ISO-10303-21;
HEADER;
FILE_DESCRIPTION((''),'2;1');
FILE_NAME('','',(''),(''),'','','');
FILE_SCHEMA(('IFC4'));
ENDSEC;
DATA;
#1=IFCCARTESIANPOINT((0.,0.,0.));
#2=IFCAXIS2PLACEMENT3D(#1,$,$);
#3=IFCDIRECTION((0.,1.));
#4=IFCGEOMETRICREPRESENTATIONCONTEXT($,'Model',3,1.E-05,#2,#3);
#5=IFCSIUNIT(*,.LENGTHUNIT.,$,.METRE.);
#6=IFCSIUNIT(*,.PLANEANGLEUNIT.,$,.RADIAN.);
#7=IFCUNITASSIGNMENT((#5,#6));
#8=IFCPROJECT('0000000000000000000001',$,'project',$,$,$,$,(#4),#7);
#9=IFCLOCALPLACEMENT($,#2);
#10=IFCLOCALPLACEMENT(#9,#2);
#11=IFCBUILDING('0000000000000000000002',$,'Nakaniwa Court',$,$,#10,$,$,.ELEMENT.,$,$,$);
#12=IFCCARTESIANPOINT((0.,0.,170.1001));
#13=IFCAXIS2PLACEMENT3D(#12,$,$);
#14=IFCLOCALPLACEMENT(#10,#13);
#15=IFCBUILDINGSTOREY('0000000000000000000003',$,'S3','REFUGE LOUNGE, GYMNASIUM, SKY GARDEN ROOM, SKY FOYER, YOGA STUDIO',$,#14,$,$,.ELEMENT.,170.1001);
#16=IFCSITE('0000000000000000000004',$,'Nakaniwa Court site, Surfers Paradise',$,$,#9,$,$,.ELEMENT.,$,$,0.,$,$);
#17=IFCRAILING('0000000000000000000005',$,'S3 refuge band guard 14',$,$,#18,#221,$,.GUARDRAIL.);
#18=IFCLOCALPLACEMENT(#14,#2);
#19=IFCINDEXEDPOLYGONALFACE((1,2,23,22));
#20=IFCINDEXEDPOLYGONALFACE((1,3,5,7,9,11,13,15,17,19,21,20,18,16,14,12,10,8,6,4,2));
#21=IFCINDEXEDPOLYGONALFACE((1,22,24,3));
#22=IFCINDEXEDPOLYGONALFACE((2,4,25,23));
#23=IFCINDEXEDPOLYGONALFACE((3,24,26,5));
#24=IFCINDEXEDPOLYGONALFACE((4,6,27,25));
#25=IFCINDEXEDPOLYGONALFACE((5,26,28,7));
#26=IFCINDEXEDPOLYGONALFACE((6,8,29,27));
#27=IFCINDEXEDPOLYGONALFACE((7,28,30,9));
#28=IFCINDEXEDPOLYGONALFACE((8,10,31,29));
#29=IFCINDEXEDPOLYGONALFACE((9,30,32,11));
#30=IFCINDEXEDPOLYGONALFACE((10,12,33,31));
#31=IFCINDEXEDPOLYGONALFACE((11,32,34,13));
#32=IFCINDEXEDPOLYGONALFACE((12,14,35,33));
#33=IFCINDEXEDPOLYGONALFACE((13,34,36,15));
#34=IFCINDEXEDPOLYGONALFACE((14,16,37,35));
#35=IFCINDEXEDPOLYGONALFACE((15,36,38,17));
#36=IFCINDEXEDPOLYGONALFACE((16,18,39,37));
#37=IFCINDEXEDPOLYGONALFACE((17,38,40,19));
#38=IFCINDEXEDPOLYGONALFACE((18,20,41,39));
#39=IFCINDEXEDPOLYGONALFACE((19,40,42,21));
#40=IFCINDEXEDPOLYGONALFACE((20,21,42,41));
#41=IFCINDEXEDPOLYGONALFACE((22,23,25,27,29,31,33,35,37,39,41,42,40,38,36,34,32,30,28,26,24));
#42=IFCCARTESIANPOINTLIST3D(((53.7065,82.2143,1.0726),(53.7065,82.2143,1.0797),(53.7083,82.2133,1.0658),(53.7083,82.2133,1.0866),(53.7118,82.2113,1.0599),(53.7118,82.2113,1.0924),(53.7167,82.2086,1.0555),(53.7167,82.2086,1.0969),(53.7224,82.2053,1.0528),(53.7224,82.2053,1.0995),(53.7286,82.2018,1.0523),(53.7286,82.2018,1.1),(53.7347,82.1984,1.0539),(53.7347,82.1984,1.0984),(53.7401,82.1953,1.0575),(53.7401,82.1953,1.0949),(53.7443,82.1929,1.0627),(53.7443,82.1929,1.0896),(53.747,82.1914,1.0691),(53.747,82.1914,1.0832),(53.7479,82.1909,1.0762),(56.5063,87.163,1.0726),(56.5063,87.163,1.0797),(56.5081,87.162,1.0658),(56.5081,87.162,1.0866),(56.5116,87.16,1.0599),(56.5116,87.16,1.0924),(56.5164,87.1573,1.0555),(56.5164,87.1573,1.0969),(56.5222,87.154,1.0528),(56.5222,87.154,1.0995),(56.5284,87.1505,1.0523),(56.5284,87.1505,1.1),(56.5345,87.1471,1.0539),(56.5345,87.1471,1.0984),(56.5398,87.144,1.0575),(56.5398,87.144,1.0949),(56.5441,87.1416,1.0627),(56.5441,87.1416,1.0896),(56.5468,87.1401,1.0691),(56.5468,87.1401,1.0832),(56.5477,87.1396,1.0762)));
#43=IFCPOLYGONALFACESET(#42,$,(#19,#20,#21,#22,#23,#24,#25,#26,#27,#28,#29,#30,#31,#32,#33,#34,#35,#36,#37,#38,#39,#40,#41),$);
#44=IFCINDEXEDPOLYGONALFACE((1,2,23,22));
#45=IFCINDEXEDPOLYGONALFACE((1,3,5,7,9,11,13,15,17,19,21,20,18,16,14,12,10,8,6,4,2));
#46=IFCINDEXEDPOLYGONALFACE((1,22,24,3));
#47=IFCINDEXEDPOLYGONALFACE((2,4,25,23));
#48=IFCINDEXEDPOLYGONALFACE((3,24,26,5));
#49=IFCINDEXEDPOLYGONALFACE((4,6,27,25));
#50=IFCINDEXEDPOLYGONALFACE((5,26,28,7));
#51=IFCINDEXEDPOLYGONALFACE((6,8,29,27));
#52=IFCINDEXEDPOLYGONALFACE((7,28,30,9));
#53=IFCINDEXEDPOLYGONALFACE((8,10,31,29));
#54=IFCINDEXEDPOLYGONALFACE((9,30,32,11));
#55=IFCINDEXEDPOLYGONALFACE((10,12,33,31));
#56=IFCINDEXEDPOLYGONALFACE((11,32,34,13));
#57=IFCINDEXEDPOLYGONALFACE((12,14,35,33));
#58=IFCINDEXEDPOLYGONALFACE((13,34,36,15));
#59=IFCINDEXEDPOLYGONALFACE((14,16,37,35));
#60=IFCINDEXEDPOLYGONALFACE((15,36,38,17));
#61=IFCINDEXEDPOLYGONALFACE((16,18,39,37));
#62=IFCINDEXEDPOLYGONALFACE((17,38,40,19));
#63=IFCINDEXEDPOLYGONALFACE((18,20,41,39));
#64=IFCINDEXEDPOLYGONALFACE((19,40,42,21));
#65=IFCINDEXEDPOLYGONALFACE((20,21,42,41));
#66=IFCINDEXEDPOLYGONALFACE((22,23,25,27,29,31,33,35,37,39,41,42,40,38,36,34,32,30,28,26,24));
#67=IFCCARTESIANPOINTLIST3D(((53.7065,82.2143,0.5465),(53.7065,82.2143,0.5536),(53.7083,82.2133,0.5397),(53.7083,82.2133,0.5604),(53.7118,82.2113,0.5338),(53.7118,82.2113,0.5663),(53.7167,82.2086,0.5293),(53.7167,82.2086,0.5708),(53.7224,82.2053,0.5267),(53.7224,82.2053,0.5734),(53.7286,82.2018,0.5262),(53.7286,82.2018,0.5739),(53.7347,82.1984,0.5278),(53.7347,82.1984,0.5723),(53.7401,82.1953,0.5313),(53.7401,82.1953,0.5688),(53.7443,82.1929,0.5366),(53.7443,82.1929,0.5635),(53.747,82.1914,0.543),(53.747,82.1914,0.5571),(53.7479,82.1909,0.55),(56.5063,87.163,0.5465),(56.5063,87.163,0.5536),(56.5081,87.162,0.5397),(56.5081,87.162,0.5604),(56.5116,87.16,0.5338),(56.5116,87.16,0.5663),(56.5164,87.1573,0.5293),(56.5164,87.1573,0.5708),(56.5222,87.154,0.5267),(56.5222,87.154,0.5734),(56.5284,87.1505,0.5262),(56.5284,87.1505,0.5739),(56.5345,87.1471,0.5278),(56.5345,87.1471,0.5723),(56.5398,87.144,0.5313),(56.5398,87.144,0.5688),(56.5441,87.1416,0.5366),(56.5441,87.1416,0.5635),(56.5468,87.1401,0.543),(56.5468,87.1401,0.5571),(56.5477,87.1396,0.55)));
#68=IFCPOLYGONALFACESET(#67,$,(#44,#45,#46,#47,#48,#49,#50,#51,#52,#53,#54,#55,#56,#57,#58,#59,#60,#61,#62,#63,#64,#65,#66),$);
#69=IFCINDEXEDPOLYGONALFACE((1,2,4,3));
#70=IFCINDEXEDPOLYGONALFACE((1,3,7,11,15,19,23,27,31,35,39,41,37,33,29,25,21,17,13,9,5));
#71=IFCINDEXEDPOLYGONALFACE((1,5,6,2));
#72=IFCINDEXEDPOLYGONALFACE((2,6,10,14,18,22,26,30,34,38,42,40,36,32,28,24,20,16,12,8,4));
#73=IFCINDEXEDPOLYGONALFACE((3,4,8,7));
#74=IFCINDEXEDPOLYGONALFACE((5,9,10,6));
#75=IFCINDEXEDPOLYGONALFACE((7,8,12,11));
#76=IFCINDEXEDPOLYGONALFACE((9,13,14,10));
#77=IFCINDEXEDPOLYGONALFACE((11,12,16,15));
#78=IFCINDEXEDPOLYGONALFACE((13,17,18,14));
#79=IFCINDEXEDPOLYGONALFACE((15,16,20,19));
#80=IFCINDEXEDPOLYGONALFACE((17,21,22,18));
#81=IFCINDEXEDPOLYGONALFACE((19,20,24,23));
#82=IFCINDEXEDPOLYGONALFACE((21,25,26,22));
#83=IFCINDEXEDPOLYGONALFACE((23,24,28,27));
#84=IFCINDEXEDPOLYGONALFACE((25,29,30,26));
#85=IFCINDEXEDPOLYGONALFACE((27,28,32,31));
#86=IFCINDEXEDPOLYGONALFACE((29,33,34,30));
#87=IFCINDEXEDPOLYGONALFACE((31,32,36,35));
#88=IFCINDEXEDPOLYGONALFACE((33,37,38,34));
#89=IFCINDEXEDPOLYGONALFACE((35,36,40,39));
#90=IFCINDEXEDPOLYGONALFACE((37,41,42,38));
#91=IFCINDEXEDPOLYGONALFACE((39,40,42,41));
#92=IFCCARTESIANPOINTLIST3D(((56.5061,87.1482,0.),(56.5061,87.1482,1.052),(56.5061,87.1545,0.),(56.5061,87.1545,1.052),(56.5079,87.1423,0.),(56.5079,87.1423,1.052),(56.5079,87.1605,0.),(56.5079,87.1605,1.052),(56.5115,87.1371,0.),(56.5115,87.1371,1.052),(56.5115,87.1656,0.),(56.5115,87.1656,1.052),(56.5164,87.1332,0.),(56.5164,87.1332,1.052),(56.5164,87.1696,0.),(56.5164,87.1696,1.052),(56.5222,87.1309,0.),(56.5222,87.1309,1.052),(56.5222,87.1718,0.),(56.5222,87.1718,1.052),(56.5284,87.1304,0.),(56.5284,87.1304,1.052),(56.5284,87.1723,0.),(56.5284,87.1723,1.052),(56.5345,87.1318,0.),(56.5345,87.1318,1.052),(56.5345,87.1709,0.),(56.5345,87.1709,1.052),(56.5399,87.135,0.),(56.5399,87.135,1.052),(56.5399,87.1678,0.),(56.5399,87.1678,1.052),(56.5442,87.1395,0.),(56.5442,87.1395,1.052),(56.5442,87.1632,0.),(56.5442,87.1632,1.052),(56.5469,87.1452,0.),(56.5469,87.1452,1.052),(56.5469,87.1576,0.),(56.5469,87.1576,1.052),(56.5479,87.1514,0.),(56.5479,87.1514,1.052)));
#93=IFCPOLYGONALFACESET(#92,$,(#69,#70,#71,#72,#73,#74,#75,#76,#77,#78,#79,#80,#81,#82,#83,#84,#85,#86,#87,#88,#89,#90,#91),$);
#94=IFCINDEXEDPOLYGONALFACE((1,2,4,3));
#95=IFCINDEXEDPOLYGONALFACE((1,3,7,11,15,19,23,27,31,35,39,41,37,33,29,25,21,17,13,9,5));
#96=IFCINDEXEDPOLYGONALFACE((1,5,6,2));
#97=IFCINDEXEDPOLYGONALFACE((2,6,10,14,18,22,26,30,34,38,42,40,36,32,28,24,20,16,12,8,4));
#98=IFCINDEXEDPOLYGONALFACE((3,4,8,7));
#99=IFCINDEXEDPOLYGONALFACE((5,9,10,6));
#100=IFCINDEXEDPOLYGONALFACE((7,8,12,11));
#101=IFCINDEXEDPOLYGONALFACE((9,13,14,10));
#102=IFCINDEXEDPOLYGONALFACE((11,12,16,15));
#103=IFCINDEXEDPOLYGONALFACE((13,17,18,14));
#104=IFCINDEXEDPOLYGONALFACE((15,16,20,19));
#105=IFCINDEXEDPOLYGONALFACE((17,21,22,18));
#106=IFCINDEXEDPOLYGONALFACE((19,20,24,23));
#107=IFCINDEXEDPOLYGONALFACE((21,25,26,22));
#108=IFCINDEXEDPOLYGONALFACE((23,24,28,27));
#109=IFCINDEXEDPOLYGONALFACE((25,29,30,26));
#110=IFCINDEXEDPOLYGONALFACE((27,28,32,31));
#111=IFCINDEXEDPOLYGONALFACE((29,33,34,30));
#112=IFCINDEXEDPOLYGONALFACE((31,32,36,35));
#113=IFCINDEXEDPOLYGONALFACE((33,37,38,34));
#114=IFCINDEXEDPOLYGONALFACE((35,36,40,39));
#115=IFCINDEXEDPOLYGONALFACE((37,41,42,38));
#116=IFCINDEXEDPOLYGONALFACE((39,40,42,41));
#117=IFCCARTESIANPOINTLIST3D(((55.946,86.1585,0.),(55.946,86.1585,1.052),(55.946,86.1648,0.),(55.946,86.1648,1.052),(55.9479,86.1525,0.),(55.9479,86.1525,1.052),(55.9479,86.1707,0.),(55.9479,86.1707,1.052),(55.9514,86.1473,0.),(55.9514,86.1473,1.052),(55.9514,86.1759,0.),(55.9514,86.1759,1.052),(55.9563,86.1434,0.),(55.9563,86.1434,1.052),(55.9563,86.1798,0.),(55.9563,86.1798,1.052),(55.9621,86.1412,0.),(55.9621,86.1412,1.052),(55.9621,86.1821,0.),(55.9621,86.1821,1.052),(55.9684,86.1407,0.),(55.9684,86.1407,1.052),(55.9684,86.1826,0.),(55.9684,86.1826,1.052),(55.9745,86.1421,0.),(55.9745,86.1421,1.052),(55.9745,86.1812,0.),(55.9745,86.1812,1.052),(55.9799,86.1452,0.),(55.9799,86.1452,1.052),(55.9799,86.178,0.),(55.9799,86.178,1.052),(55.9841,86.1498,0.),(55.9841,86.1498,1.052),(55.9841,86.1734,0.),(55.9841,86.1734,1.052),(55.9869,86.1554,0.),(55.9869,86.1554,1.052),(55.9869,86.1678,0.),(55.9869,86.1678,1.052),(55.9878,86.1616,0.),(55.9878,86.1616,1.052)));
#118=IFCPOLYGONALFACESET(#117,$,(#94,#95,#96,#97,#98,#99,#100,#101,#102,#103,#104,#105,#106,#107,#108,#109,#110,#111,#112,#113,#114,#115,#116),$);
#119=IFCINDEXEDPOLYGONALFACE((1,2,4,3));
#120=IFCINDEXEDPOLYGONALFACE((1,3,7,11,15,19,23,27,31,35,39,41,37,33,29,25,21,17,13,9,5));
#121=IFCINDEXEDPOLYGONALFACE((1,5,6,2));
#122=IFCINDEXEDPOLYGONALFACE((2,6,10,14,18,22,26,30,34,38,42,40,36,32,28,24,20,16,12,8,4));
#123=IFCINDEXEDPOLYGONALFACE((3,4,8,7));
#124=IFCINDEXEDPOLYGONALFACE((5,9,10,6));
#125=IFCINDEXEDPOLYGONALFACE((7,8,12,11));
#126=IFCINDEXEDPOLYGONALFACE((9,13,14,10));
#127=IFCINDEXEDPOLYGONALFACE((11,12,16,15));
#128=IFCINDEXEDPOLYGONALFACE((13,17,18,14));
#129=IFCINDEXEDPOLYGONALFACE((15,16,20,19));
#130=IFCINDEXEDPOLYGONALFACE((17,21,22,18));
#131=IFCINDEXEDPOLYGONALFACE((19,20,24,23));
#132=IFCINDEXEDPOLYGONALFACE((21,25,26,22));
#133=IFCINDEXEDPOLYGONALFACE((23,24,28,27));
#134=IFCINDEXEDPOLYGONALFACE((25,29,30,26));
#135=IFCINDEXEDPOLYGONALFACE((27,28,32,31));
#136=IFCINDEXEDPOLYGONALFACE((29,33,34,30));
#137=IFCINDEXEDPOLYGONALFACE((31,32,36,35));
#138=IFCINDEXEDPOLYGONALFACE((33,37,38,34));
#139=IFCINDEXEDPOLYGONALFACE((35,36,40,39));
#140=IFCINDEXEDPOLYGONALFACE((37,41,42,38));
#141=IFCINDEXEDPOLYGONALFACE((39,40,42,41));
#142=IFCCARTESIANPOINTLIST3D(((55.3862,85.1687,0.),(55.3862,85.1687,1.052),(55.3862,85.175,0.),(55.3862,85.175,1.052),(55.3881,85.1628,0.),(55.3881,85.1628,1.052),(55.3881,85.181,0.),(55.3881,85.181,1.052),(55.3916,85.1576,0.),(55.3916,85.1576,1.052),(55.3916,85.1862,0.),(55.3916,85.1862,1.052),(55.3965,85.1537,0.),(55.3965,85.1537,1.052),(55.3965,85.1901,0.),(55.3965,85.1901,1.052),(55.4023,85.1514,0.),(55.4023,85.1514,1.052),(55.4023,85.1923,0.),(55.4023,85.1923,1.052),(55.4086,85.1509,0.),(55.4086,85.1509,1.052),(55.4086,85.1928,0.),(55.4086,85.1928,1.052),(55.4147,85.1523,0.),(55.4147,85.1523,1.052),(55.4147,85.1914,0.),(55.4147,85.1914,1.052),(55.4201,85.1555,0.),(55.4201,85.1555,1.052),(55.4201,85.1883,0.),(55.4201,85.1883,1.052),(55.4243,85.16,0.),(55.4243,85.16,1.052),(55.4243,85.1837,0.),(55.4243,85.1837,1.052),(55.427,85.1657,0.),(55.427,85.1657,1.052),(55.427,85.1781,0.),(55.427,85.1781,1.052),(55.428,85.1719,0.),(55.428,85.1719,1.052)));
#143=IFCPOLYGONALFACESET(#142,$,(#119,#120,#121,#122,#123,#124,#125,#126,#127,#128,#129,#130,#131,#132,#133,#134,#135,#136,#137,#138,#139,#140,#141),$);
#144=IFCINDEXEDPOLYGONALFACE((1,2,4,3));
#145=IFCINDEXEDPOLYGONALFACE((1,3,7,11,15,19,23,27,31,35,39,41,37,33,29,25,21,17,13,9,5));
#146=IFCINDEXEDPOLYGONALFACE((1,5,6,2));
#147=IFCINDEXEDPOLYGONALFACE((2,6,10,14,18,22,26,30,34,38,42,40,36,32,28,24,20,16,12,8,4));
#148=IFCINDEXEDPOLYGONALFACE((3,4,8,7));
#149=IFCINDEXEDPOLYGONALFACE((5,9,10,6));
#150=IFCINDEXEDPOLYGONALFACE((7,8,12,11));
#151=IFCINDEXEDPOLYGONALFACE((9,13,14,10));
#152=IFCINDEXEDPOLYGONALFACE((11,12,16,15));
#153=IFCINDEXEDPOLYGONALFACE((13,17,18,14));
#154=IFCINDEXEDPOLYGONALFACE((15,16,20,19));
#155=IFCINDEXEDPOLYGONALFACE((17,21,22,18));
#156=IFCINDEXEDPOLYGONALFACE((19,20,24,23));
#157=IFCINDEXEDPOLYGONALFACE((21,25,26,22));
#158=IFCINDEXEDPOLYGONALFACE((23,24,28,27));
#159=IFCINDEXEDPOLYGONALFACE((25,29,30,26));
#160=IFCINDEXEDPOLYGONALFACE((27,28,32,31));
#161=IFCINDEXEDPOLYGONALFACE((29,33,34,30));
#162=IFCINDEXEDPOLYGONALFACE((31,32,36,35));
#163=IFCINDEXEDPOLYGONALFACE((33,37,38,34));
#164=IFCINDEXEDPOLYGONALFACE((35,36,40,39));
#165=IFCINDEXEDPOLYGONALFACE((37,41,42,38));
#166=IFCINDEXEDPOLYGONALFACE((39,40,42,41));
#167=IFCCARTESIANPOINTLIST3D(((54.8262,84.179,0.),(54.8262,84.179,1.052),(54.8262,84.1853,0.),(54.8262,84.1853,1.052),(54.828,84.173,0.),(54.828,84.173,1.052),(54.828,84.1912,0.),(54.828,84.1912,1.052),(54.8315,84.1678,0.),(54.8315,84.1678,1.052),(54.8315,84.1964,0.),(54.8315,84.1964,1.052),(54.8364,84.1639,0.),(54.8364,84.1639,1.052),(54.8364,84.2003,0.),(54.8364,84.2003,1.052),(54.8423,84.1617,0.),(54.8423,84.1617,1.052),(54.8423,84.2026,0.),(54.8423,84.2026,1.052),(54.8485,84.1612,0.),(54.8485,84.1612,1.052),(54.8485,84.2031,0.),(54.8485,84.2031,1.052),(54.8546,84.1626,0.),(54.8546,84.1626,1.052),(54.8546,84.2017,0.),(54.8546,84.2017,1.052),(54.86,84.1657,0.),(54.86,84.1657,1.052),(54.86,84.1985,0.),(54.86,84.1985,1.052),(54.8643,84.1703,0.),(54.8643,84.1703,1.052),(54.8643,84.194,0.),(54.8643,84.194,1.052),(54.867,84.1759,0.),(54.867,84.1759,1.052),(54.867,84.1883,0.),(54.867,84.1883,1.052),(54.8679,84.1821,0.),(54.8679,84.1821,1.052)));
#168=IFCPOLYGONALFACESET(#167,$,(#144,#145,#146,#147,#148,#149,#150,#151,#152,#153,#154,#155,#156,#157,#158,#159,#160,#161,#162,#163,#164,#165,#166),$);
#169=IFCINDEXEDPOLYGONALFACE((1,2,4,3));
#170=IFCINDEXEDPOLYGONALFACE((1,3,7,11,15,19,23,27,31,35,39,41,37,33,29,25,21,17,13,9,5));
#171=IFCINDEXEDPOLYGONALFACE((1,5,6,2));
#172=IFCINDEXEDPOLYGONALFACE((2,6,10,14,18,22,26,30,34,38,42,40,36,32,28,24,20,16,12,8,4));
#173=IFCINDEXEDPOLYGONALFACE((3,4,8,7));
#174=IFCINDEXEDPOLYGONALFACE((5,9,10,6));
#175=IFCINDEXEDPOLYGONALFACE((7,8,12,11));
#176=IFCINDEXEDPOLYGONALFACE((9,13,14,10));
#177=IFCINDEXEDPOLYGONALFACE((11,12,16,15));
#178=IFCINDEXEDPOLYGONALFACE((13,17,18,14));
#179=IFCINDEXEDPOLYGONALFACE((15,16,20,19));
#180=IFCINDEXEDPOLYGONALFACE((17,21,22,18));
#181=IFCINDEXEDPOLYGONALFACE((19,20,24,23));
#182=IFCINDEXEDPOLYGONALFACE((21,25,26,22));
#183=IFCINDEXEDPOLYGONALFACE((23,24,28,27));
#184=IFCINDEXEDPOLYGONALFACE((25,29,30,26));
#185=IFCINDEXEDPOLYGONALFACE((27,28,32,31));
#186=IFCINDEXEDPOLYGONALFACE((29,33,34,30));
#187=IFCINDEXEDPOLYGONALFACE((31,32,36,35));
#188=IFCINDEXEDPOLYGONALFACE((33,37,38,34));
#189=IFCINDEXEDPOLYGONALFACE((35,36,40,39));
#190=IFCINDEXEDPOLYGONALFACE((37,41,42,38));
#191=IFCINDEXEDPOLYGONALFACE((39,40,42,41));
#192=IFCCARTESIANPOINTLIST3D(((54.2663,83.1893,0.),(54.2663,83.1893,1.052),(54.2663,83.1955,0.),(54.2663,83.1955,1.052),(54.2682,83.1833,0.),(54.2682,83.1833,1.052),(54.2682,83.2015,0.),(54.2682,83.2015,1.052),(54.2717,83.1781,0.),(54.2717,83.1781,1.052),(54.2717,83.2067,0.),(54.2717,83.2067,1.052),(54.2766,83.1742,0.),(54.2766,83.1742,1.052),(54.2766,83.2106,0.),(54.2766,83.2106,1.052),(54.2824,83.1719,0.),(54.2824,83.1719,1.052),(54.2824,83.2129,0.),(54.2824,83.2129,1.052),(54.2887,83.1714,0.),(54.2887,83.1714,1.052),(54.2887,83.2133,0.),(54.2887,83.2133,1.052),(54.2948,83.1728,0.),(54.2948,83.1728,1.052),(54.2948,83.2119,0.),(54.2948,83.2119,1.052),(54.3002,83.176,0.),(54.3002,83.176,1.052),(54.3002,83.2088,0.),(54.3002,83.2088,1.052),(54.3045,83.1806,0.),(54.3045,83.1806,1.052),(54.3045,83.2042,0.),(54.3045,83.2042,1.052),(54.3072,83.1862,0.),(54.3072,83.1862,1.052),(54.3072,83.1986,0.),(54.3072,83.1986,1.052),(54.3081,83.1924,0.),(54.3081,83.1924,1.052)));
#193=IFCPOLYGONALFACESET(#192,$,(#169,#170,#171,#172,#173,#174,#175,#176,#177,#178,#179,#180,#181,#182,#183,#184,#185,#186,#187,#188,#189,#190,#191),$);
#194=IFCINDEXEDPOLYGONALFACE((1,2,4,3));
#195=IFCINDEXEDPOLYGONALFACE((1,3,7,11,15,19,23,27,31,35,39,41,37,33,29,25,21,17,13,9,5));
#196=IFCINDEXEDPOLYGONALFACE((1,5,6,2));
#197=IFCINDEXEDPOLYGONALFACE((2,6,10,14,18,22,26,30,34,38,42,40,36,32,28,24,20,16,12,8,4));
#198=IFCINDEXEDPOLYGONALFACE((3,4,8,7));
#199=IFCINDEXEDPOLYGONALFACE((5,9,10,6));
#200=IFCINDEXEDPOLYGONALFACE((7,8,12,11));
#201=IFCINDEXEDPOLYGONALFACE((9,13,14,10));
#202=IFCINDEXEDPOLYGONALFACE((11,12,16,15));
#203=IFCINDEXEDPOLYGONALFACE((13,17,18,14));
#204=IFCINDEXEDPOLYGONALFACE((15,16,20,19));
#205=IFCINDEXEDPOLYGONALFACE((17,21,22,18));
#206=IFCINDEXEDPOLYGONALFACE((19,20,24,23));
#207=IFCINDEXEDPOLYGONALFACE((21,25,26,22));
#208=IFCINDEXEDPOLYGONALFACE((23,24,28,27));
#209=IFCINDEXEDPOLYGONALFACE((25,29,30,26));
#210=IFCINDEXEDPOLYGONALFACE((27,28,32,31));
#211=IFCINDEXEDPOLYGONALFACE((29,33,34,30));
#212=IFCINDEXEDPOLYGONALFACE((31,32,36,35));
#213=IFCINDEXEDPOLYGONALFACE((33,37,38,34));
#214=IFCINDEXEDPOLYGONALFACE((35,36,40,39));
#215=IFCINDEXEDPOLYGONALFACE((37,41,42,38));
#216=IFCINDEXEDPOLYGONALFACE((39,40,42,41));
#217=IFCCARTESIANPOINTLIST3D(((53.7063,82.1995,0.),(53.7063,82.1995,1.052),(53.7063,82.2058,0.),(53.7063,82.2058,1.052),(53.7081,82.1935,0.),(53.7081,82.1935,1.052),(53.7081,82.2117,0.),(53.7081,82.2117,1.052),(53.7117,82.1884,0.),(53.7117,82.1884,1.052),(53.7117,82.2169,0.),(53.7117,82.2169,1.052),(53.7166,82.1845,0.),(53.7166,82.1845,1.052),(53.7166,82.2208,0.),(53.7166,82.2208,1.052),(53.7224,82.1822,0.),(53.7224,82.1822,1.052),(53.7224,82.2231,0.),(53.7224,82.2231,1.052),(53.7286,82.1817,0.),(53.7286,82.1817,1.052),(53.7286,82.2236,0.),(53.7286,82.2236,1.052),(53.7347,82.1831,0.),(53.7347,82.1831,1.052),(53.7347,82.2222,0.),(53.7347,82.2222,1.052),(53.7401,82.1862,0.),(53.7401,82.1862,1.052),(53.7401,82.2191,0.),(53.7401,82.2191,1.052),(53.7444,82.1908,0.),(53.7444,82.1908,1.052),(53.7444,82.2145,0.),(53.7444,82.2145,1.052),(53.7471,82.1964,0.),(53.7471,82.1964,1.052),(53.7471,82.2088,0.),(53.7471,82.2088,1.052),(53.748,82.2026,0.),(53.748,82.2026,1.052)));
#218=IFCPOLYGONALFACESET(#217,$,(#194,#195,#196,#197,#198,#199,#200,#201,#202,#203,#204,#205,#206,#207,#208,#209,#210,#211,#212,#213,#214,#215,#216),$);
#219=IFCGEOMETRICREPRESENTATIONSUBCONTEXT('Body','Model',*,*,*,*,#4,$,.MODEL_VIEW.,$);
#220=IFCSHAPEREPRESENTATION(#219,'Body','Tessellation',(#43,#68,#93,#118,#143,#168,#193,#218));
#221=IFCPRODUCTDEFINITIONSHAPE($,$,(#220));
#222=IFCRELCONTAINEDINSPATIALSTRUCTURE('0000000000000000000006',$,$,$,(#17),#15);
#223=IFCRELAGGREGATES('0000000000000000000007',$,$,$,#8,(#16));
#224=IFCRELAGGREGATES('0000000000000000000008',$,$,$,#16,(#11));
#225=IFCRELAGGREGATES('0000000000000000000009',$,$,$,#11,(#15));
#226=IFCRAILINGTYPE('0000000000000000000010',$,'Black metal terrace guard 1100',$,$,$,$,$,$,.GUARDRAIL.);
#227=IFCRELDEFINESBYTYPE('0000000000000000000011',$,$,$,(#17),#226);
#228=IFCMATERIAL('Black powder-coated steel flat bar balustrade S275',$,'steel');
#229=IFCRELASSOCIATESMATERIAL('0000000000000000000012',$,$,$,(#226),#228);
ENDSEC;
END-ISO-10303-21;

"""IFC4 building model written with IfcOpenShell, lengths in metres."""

from ifc_helpers import new_model, si_unit, direction, frame, origin, origin_2d, place, context, subcontext, project, spatial, circle, extrude, material, type_object, element, save


model = new_model("IFC4")

# Units and contexts
model_context = context("Model", 3, precision=1e-05, world=origin(), true_north=direction((0.0, 1.0)))
body_context = subcontext(model_context, "Body", "Model", "MODEL_VIEW")
ifc_project = project(units=[si_unit("LENGTHUNIT", "METRE"), si_unit("PLANEANGLEUNIT", "RADIAN")], contexts=[model_context])

# Site, building, storey
site_placement = place(None, origin())
site = spatial("IfcSite", under=ifc_project, at=site_placement, Name="Nakaniwa Court site, Surfers Paradise", CompositionType="ELEMENT", RefElevation=0.0)
building_placement = place(site_placement, origin())
building = spatial("IfcBuilding", under=site, at=building_placement, Name="Nakaniwa Court", CompositionType="ELEMENT")
storey_placement = place(building_placement, frame((0.0, 0.0, 170.1001)))
storey = spatial("IfcBuildingStorey", under=building, at=storey_placement, Name="S3", Description="REFUGE LOUNGE, GYMNASIUM, SKY GARDEN ROOM, SKY FOYER, YOGA STUDIO", CompositionType="ELEMENT", Elevation=170.1001)

# Railing
ifc_material_1 = material(Name="Black powder-coated steel flat bar balustrade S275", Category="steel")
railing_type = type_object("IfcRailingType", Name="Black metal terrace guard 1100", PredefinedType="GUARDRAIL", material=ifc_material_1)
railing_placement = place(storey_placement, frame((56.5269, 87.1514, 0.0)))
element("IfcRailing", 1, at=railing_placement, inside=storey, type_object=railing_type, Name="S3 refuge band guard 14", PredefinedType="GUARDRAIL", context=body_context, shape_type="SweptSolid", body=[
    extrude(circle(Radius=0.0239, at=origin_2d()), frame((0.0, 0.0, 1.0762), z_axis=(-0.492417, -0.87036, 0.0), x_axis=(0.87036, -0.492417, 0.0)), (0.0, 0.0, 1.0), 5.6858),
    extrude(circle(Radius=0.0239, at=origin_2d()), frame((0.0, 0.0, 0.55), z_axis=(-0.492417, -0.87036, 0.0), x_axis=(0.87036, -0.492417, 0.0)), (0.0, 0.0, 1.0), 5.6858),
    extrude(circle(Radius=0.021, at=origin_2d()), origin(), (0.0, 0.0, 1.0), 1.052),
    extrude(circle(Radius=0.021, at=origin_2d()), frame((-0.5601, -0.9897, 0.0)), (0.0, 0.0, 1.0), 1.052),
    extrude(circle(Radius=0.021, at=origin_2d()), frame((-1.1199, -1.9795, 0.0)), (0.0, 0.0, 1.0), 1.052),
    extrude(circle(Radius=0.021, at=origin_2d()), frame((-1.6799, -2.9692, 0.0)), (0.0, 0.0, 1.0), 1.052),
    extrude(circle(Radius=0.021, at=origin_2d()), frame((-2.2397, -3.959, 0.0)), (0.0, 0.0, 1.0), 1.052),
    extrude(circle(Radius=0.021, at=origin_2d()), frame((-2.7998, -4.9487, 0.0)), (0.0, 0.0, 1.0), 1.052),
])

save(model, "model.ifc")
